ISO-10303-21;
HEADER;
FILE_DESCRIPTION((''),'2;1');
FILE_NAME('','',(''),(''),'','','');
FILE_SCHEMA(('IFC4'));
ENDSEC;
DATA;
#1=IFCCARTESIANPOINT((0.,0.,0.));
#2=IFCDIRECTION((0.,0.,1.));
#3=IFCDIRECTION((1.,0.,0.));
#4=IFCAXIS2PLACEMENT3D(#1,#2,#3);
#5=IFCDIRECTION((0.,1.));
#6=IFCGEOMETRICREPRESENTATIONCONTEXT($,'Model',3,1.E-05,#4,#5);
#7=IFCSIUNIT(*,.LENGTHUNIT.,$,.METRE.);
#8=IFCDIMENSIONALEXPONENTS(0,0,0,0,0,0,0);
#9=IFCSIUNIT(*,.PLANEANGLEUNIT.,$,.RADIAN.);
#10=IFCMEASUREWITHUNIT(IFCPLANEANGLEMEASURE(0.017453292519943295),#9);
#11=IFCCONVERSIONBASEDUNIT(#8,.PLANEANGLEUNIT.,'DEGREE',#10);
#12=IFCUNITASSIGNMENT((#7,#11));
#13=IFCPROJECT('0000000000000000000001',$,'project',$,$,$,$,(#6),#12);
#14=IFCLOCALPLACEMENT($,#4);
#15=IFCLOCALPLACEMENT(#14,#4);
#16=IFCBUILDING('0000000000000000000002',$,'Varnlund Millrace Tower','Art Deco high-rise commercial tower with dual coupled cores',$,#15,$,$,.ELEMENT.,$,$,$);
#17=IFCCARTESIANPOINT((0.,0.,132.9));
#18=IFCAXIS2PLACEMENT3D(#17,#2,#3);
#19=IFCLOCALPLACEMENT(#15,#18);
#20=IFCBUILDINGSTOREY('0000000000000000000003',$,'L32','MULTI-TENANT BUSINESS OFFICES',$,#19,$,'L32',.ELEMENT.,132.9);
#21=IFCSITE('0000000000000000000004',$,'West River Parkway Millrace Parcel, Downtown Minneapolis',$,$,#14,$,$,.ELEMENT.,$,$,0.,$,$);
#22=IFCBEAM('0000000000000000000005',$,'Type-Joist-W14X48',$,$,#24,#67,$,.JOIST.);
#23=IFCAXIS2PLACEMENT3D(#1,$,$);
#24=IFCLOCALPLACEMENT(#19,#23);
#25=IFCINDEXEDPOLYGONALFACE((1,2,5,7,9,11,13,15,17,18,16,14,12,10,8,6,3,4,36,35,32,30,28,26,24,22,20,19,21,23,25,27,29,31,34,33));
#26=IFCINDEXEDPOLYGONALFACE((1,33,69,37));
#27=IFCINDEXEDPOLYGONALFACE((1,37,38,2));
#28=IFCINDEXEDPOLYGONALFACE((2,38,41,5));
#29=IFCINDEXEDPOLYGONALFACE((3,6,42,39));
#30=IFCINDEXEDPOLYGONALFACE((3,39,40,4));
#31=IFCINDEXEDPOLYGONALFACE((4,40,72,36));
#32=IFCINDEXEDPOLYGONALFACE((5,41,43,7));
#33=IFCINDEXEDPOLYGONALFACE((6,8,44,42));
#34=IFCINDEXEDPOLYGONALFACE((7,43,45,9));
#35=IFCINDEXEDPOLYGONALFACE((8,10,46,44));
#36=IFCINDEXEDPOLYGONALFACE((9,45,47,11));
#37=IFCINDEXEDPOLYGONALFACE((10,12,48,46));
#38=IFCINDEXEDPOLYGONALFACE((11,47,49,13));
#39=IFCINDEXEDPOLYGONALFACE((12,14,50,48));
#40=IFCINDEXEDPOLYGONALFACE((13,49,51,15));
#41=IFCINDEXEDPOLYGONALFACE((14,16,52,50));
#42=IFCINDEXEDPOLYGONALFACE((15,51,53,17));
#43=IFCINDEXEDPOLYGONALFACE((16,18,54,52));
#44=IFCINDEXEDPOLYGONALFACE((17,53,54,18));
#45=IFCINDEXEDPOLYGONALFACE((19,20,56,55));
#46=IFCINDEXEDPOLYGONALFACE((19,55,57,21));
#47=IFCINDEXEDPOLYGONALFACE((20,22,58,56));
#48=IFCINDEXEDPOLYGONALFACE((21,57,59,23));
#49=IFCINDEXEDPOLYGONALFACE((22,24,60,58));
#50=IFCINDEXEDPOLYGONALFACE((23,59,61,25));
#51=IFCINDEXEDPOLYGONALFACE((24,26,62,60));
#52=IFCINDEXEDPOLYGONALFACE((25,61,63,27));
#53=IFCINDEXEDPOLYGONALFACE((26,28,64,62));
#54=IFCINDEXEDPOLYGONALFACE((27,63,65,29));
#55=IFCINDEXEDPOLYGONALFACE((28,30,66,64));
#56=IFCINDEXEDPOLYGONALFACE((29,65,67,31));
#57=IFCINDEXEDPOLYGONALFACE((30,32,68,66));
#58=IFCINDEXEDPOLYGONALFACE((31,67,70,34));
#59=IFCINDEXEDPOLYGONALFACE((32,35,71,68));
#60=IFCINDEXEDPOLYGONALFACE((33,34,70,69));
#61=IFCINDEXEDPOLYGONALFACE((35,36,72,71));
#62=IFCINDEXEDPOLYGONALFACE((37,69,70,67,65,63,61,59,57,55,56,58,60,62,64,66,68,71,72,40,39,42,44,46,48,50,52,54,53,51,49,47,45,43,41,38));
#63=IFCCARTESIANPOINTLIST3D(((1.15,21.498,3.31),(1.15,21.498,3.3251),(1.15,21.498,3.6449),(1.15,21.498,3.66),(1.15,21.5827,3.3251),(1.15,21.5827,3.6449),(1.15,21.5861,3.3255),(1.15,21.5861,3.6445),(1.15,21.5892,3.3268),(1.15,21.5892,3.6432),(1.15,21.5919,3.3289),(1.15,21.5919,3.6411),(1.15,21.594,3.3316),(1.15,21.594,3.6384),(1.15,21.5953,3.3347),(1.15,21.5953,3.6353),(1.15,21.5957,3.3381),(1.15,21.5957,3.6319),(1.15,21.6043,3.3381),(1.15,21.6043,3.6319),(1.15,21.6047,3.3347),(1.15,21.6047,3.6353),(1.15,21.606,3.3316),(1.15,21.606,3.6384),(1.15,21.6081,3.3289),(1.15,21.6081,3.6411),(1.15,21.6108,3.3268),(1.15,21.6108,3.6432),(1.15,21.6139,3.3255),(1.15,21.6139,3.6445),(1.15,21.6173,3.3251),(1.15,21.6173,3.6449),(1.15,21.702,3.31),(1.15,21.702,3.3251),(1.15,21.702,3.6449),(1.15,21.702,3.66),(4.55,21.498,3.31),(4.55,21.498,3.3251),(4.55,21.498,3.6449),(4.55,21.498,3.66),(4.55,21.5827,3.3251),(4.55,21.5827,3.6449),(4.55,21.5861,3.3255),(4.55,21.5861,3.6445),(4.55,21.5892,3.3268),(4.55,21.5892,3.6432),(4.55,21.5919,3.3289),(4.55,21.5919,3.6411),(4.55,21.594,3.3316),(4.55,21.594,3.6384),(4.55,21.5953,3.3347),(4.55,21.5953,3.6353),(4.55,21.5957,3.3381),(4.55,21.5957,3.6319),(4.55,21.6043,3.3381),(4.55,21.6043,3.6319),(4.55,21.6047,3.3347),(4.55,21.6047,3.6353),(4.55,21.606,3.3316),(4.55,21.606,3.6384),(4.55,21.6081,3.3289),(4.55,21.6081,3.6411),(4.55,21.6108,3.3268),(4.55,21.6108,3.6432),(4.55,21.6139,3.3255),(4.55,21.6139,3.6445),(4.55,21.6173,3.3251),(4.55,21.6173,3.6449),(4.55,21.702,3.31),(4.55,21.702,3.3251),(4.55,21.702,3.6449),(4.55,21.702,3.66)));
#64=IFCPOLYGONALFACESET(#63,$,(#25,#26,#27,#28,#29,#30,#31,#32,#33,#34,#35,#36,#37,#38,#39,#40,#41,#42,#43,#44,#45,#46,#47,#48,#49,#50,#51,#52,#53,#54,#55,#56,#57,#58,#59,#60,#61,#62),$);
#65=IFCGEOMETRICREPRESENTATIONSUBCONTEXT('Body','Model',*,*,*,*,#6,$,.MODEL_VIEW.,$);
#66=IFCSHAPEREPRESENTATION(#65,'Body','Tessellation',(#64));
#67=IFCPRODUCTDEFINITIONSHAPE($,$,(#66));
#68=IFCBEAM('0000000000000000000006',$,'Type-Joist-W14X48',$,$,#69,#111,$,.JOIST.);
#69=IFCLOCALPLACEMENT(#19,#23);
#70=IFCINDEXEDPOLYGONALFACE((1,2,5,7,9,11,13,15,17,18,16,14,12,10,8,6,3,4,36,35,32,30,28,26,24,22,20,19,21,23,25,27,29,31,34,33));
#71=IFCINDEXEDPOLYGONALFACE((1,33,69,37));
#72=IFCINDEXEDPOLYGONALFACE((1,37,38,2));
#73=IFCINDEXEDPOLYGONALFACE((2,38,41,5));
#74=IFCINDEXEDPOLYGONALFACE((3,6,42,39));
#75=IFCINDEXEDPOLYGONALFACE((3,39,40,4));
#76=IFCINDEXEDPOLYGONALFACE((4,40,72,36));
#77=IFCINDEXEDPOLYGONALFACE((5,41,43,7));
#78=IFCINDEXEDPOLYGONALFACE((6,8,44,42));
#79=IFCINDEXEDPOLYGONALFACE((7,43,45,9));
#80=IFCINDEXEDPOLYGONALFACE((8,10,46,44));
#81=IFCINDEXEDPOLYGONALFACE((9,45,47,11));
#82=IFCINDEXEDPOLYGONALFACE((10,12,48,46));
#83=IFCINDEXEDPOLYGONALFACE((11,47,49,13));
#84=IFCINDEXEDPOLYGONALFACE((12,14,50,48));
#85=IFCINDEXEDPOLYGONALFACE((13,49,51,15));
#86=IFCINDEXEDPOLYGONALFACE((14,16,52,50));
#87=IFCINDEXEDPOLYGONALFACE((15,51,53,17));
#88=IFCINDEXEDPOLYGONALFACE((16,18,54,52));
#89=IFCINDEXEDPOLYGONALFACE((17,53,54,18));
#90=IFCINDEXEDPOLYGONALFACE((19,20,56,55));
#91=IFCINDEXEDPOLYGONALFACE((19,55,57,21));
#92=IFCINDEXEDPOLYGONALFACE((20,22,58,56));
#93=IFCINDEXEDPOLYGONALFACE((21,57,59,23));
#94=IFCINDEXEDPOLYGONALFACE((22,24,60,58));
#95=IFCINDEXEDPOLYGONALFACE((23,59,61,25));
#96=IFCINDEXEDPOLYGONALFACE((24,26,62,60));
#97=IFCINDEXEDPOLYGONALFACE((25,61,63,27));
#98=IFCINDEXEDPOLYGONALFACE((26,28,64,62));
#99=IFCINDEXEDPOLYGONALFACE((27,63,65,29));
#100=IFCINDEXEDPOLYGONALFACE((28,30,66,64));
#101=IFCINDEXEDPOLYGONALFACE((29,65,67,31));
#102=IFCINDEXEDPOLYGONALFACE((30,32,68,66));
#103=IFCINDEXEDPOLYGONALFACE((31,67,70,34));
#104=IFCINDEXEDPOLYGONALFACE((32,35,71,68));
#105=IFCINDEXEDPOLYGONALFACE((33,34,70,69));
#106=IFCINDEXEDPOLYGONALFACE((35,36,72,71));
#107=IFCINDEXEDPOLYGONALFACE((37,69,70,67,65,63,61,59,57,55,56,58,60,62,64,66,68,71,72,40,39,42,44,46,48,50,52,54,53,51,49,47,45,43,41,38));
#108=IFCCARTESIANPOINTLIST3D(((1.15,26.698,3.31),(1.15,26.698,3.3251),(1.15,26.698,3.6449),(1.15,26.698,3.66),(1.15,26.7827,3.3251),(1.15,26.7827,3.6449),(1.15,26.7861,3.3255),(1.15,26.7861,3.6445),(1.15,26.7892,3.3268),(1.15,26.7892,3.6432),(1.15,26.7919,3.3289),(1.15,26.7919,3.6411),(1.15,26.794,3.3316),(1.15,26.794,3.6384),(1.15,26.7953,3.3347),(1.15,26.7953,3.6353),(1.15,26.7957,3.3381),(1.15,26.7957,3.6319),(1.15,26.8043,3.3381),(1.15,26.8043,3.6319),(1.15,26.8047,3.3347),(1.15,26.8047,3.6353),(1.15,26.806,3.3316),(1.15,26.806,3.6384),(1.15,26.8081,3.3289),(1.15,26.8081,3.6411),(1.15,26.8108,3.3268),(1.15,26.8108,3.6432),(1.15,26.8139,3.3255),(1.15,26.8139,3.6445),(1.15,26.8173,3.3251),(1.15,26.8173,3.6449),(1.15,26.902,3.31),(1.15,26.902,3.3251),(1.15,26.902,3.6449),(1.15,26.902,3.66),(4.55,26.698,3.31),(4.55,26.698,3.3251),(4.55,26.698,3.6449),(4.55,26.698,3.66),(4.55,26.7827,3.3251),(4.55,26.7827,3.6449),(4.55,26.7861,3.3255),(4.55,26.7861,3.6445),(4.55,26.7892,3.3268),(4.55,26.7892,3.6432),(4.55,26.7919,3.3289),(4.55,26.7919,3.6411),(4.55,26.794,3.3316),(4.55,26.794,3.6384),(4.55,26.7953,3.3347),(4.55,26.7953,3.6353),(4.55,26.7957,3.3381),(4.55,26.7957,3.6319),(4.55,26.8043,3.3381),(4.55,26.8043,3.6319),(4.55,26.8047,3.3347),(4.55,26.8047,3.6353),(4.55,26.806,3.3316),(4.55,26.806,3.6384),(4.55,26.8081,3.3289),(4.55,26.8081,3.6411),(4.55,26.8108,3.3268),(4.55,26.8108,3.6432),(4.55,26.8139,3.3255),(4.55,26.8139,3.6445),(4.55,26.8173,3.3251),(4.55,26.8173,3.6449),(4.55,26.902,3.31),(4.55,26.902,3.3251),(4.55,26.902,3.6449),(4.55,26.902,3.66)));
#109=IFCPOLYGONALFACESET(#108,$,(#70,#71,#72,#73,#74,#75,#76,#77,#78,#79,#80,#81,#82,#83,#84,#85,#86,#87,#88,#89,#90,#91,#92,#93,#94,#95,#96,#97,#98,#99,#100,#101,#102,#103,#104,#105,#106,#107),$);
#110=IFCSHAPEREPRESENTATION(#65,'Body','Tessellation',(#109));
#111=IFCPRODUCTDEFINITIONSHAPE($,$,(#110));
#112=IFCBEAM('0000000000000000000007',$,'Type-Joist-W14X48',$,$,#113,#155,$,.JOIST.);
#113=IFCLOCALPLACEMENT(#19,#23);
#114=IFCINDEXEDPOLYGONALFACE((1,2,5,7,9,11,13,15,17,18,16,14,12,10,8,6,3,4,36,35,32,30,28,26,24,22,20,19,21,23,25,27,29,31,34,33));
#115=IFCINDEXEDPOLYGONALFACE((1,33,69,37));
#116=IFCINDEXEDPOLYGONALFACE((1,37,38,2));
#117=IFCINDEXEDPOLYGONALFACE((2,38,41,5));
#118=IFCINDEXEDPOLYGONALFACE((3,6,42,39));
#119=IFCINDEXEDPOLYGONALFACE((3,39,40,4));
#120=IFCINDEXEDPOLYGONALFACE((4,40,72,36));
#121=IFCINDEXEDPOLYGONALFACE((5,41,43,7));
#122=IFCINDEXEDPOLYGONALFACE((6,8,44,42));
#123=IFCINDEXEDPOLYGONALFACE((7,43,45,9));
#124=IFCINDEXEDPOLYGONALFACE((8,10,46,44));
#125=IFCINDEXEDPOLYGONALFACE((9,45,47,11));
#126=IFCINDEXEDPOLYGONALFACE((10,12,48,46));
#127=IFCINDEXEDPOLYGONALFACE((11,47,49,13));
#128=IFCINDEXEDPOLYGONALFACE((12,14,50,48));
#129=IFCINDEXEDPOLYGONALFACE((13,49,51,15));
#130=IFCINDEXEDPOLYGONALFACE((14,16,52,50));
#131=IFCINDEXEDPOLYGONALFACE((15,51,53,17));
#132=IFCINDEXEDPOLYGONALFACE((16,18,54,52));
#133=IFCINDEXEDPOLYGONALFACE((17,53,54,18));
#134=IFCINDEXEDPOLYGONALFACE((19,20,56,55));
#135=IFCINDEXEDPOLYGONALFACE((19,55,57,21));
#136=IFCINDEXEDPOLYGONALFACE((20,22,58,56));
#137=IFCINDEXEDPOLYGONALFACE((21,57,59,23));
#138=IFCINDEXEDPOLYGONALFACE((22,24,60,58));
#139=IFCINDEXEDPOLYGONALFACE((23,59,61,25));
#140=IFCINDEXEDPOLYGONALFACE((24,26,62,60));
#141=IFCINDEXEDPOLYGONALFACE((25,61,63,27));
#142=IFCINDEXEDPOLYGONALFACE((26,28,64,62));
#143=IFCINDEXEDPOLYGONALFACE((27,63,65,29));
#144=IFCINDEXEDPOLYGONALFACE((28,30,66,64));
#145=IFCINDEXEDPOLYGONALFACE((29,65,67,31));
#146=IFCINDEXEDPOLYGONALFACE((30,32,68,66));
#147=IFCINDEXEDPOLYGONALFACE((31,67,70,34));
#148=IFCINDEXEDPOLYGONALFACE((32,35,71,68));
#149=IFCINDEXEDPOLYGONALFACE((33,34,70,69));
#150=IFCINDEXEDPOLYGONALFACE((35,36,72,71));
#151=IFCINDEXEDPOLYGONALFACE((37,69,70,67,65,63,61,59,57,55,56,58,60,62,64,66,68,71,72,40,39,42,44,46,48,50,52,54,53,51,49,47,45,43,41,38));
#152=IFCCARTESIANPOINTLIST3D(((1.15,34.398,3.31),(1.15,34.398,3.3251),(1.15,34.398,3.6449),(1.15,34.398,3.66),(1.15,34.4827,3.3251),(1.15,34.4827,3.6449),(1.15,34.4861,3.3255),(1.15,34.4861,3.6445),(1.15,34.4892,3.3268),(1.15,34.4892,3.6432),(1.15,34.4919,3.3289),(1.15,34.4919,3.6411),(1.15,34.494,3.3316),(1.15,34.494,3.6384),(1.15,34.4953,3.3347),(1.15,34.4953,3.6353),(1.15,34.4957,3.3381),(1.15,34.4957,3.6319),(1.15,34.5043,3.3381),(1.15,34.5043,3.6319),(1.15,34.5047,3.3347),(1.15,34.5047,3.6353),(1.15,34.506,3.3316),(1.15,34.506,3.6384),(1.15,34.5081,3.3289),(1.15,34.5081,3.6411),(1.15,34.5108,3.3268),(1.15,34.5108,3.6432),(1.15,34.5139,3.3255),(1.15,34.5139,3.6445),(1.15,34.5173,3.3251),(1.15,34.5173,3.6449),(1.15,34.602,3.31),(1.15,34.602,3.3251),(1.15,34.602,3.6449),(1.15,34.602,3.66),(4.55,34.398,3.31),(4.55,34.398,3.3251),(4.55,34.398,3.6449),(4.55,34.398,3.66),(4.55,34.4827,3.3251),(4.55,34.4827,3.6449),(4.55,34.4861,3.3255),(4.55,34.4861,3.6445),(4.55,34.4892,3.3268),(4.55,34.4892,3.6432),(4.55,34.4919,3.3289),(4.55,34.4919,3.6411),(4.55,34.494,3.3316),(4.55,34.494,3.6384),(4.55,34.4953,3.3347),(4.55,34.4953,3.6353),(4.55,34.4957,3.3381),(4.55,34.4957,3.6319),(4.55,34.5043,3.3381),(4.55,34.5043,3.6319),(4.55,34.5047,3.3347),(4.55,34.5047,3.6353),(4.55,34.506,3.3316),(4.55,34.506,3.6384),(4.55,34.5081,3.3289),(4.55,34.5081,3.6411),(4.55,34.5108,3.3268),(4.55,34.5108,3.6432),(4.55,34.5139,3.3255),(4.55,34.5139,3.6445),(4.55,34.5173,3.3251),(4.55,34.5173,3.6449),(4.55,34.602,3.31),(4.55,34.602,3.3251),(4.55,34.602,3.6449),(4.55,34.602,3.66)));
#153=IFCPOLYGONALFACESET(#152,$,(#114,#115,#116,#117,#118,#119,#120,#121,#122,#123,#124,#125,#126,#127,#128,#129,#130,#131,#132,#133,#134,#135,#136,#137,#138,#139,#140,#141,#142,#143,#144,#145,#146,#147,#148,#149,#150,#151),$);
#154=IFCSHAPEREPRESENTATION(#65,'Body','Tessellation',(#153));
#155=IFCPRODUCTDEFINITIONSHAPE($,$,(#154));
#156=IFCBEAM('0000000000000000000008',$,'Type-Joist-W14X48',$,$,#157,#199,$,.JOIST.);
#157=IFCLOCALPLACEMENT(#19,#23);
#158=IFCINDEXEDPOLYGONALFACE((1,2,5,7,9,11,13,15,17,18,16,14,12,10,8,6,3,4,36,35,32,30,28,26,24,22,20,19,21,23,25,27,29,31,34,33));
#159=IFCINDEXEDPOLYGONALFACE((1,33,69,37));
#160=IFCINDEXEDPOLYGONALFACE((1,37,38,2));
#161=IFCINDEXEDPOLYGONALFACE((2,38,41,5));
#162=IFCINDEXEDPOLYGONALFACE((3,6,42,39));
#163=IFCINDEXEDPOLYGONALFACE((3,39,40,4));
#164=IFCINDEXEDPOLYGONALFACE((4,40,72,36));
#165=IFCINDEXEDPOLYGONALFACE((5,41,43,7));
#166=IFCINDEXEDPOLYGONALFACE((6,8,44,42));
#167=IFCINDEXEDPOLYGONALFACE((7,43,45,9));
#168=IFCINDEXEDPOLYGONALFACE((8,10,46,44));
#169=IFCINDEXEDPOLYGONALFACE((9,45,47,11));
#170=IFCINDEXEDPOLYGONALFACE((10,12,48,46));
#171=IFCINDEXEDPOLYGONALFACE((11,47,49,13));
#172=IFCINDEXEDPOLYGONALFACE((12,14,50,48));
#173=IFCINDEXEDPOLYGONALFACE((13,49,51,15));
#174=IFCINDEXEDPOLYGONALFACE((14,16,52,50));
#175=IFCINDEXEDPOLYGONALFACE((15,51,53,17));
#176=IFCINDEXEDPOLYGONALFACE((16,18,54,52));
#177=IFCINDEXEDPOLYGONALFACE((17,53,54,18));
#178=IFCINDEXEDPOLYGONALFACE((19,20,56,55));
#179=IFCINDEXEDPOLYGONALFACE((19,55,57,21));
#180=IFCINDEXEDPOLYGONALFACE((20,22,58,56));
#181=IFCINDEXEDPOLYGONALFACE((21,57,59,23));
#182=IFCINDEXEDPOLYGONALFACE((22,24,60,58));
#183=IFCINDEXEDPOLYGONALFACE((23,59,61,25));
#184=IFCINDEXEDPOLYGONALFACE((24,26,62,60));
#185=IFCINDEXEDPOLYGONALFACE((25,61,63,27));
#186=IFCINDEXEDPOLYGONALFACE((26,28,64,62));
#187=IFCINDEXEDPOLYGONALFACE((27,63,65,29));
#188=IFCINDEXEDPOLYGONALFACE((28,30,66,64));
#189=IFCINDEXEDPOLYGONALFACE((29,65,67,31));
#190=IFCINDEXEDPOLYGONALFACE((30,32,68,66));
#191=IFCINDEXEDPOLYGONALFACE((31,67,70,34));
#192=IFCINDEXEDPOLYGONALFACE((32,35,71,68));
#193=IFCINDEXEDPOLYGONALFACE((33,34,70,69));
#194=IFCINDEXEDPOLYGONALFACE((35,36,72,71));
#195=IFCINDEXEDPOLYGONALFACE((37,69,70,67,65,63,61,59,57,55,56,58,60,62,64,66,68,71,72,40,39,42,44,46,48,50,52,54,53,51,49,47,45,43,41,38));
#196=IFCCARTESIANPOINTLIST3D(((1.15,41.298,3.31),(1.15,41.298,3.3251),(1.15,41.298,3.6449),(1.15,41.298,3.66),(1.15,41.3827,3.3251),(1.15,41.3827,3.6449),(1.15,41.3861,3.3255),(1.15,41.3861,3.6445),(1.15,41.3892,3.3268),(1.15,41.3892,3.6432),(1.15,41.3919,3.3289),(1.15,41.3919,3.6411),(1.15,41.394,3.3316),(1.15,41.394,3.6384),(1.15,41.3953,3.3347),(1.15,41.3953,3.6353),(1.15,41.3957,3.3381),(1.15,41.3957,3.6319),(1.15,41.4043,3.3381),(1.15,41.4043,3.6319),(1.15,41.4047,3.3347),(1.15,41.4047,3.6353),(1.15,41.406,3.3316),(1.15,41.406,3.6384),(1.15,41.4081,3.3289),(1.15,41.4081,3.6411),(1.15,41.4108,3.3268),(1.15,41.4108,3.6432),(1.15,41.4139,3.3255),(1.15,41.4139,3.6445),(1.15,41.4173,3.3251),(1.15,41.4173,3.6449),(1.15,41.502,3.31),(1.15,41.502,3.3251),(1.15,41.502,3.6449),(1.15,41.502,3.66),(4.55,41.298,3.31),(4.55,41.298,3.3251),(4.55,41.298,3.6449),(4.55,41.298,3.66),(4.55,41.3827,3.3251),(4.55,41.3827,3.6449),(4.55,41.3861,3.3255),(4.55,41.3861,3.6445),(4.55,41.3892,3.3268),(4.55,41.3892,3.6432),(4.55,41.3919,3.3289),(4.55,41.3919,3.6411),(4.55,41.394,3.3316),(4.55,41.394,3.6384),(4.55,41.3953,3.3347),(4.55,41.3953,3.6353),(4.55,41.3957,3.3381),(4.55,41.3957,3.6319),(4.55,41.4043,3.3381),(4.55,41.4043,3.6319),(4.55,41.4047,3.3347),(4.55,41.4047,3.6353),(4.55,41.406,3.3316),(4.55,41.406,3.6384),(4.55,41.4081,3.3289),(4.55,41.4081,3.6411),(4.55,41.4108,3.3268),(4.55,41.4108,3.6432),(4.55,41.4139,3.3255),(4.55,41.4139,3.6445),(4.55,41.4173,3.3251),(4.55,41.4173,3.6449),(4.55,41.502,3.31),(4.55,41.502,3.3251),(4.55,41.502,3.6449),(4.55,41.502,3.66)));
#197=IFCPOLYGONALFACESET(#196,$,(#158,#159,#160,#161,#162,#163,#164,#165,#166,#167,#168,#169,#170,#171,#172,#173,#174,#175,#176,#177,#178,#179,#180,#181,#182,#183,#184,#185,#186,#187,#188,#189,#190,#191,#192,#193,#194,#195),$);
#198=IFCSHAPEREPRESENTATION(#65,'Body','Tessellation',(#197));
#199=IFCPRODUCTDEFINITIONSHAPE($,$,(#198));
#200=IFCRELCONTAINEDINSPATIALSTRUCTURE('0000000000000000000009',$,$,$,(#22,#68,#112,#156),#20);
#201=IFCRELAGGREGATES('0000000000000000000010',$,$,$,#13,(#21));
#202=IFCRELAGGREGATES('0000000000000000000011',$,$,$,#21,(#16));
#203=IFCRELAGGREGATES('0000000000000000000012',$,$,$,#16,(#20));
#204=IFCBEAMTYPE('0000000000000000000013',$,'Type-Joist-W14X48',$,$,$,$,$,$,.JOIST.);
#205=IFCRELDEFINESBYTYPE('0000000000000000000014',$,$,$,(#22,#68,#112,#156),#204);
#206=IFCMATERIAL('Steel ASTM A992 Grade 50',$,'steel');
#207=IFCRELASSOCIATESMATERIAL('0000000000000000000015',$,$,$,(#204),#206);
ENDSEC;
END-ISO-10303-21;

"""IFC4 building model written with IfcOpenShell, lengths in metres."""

from ifc_helpers import new_model, entity, si_unit, converted_unit, direction, frame, origin_with_axes, origin_2d_with_axis, place, context, subcontext, project, spatial, i_section, extrude, material, material_profile, profile_set, type_object, element, save


model = new_model("IFC4")

# Units and contexts
model_context = context("Model", 3, precision=1e-05, world=origin_with_axes(), true_north=direction((0.0, 1.0)))
body_context = subcontext(model_context, "Body", "Model", "MODEL_VIEW")
ifc_project = project(units=[si_unit("LENGTHUNIT", "METRE"), converted_unit("PLANEANGLEUNIT", "DEGREE", entity("IfcPlaneAngleMeasure", 0.017453292519943295), si_unit("PLANEANGLEUNIT", "RADIAN"), dimensions=[0, 0, 0, 0, 0, 0, 0])], contexts=[model_context])

# Site, building, storey
site_placement = place(None, origin_with_axes())
site = spatial("IfcSite", under=ifc_project, at=site_placement, Name="West River Parkway Millrace Parcel, Downtown Minneapolis", CompositionType="ELEMENT", RefElevation=0.0)
building_placement = place(site_placement, origin_with_axes())
building = spatial("IfcBuilding", under=site, at=building_placement, Name="Varnlund Millrace Tower", Description="Art Deco high-rise commercial tower with dual coupled cores", CompositionType="ELEMENT")
storey_placement = place(building_placement, frame((0.0, 0.0, 132.9), z_axis=(0.0, 0.0, 1.0), x_axis=(1.0, 0.0, 0.0)))
storey = spatial("IfcBuildingStorey", under=building, at=storey_placement, Name="L32", Description="MULTI-TENANT BUSINESS OFFICES", LongName="L32", CompositionType="ELEMENT", Elevation=132.9)

# Beams
ifc_material_1 = material(Name="Steel ASTM A992 Grade 50", Category="steel")
ifc_material_profile_1 = material_profile(ifc_material_1, i_section(OverallWidth=0.204, OverallDepth=0.35, WebThickness=0.0086, FlangeThickness=0.0151, FilletRadius=0.013, at=origin_2d_with_axis()), Name="Steel ASTM A992 Grade 50")
ifc_profile_set_1 = profile_set([ifc_material_profile_1], Name="Steel ASTM A992 Grade 50")
beam_type_1 = type_object("IfcBeamType", Name="Type-Joist-W14X48", PredefinedType="JOIST", material=ifc_profile_set_1)
for number, where, z_axis, x_axis, name in (
    (1, (1.15, 21.6, 3.485), (1.0, 0.0, 0.0), (0.0, 1.0, 0.0), "Type-Joist-W14X48"),
    (2, (1.15, 26.8, 3.485), (1.0, 0.0, 0.0), (0.0, 1.0, 0.0), "Type-Joist-W14X48"),
    (3, (1.15, 34.5, 3.485), (1.0, 0.0, 0.0), (0.0, 1.0, 0.0), "Type-Joist-W14X48"),
    (4, (1.15, 41.4, 3.485), (1.0, 0.0, 0.0), (0.0, 1.0, 0.0), "Type-Joist-W14X48"),
):
    element("IfcBeam", number, at=place(storey_placement, frame(where, z_axis=z_axis, x_axis=x_axis)), inside=storey, type_object=beam_type_1, Name=name, PredefinedType="JOIST", context=body_context, shape_type="SweptSolid", body=[
        extrude(i_section(OverallWidth=0.204, OverallDepth=0.35, WebThickness=0.0086, FlangeThickness=0.0151, FilletRadius=0.013, at=origin_2d_with_axis()), origin_with_axes(), (0.0, 0.0, 1.0), 3.4),
    ])

save(model, "model.ifc")
